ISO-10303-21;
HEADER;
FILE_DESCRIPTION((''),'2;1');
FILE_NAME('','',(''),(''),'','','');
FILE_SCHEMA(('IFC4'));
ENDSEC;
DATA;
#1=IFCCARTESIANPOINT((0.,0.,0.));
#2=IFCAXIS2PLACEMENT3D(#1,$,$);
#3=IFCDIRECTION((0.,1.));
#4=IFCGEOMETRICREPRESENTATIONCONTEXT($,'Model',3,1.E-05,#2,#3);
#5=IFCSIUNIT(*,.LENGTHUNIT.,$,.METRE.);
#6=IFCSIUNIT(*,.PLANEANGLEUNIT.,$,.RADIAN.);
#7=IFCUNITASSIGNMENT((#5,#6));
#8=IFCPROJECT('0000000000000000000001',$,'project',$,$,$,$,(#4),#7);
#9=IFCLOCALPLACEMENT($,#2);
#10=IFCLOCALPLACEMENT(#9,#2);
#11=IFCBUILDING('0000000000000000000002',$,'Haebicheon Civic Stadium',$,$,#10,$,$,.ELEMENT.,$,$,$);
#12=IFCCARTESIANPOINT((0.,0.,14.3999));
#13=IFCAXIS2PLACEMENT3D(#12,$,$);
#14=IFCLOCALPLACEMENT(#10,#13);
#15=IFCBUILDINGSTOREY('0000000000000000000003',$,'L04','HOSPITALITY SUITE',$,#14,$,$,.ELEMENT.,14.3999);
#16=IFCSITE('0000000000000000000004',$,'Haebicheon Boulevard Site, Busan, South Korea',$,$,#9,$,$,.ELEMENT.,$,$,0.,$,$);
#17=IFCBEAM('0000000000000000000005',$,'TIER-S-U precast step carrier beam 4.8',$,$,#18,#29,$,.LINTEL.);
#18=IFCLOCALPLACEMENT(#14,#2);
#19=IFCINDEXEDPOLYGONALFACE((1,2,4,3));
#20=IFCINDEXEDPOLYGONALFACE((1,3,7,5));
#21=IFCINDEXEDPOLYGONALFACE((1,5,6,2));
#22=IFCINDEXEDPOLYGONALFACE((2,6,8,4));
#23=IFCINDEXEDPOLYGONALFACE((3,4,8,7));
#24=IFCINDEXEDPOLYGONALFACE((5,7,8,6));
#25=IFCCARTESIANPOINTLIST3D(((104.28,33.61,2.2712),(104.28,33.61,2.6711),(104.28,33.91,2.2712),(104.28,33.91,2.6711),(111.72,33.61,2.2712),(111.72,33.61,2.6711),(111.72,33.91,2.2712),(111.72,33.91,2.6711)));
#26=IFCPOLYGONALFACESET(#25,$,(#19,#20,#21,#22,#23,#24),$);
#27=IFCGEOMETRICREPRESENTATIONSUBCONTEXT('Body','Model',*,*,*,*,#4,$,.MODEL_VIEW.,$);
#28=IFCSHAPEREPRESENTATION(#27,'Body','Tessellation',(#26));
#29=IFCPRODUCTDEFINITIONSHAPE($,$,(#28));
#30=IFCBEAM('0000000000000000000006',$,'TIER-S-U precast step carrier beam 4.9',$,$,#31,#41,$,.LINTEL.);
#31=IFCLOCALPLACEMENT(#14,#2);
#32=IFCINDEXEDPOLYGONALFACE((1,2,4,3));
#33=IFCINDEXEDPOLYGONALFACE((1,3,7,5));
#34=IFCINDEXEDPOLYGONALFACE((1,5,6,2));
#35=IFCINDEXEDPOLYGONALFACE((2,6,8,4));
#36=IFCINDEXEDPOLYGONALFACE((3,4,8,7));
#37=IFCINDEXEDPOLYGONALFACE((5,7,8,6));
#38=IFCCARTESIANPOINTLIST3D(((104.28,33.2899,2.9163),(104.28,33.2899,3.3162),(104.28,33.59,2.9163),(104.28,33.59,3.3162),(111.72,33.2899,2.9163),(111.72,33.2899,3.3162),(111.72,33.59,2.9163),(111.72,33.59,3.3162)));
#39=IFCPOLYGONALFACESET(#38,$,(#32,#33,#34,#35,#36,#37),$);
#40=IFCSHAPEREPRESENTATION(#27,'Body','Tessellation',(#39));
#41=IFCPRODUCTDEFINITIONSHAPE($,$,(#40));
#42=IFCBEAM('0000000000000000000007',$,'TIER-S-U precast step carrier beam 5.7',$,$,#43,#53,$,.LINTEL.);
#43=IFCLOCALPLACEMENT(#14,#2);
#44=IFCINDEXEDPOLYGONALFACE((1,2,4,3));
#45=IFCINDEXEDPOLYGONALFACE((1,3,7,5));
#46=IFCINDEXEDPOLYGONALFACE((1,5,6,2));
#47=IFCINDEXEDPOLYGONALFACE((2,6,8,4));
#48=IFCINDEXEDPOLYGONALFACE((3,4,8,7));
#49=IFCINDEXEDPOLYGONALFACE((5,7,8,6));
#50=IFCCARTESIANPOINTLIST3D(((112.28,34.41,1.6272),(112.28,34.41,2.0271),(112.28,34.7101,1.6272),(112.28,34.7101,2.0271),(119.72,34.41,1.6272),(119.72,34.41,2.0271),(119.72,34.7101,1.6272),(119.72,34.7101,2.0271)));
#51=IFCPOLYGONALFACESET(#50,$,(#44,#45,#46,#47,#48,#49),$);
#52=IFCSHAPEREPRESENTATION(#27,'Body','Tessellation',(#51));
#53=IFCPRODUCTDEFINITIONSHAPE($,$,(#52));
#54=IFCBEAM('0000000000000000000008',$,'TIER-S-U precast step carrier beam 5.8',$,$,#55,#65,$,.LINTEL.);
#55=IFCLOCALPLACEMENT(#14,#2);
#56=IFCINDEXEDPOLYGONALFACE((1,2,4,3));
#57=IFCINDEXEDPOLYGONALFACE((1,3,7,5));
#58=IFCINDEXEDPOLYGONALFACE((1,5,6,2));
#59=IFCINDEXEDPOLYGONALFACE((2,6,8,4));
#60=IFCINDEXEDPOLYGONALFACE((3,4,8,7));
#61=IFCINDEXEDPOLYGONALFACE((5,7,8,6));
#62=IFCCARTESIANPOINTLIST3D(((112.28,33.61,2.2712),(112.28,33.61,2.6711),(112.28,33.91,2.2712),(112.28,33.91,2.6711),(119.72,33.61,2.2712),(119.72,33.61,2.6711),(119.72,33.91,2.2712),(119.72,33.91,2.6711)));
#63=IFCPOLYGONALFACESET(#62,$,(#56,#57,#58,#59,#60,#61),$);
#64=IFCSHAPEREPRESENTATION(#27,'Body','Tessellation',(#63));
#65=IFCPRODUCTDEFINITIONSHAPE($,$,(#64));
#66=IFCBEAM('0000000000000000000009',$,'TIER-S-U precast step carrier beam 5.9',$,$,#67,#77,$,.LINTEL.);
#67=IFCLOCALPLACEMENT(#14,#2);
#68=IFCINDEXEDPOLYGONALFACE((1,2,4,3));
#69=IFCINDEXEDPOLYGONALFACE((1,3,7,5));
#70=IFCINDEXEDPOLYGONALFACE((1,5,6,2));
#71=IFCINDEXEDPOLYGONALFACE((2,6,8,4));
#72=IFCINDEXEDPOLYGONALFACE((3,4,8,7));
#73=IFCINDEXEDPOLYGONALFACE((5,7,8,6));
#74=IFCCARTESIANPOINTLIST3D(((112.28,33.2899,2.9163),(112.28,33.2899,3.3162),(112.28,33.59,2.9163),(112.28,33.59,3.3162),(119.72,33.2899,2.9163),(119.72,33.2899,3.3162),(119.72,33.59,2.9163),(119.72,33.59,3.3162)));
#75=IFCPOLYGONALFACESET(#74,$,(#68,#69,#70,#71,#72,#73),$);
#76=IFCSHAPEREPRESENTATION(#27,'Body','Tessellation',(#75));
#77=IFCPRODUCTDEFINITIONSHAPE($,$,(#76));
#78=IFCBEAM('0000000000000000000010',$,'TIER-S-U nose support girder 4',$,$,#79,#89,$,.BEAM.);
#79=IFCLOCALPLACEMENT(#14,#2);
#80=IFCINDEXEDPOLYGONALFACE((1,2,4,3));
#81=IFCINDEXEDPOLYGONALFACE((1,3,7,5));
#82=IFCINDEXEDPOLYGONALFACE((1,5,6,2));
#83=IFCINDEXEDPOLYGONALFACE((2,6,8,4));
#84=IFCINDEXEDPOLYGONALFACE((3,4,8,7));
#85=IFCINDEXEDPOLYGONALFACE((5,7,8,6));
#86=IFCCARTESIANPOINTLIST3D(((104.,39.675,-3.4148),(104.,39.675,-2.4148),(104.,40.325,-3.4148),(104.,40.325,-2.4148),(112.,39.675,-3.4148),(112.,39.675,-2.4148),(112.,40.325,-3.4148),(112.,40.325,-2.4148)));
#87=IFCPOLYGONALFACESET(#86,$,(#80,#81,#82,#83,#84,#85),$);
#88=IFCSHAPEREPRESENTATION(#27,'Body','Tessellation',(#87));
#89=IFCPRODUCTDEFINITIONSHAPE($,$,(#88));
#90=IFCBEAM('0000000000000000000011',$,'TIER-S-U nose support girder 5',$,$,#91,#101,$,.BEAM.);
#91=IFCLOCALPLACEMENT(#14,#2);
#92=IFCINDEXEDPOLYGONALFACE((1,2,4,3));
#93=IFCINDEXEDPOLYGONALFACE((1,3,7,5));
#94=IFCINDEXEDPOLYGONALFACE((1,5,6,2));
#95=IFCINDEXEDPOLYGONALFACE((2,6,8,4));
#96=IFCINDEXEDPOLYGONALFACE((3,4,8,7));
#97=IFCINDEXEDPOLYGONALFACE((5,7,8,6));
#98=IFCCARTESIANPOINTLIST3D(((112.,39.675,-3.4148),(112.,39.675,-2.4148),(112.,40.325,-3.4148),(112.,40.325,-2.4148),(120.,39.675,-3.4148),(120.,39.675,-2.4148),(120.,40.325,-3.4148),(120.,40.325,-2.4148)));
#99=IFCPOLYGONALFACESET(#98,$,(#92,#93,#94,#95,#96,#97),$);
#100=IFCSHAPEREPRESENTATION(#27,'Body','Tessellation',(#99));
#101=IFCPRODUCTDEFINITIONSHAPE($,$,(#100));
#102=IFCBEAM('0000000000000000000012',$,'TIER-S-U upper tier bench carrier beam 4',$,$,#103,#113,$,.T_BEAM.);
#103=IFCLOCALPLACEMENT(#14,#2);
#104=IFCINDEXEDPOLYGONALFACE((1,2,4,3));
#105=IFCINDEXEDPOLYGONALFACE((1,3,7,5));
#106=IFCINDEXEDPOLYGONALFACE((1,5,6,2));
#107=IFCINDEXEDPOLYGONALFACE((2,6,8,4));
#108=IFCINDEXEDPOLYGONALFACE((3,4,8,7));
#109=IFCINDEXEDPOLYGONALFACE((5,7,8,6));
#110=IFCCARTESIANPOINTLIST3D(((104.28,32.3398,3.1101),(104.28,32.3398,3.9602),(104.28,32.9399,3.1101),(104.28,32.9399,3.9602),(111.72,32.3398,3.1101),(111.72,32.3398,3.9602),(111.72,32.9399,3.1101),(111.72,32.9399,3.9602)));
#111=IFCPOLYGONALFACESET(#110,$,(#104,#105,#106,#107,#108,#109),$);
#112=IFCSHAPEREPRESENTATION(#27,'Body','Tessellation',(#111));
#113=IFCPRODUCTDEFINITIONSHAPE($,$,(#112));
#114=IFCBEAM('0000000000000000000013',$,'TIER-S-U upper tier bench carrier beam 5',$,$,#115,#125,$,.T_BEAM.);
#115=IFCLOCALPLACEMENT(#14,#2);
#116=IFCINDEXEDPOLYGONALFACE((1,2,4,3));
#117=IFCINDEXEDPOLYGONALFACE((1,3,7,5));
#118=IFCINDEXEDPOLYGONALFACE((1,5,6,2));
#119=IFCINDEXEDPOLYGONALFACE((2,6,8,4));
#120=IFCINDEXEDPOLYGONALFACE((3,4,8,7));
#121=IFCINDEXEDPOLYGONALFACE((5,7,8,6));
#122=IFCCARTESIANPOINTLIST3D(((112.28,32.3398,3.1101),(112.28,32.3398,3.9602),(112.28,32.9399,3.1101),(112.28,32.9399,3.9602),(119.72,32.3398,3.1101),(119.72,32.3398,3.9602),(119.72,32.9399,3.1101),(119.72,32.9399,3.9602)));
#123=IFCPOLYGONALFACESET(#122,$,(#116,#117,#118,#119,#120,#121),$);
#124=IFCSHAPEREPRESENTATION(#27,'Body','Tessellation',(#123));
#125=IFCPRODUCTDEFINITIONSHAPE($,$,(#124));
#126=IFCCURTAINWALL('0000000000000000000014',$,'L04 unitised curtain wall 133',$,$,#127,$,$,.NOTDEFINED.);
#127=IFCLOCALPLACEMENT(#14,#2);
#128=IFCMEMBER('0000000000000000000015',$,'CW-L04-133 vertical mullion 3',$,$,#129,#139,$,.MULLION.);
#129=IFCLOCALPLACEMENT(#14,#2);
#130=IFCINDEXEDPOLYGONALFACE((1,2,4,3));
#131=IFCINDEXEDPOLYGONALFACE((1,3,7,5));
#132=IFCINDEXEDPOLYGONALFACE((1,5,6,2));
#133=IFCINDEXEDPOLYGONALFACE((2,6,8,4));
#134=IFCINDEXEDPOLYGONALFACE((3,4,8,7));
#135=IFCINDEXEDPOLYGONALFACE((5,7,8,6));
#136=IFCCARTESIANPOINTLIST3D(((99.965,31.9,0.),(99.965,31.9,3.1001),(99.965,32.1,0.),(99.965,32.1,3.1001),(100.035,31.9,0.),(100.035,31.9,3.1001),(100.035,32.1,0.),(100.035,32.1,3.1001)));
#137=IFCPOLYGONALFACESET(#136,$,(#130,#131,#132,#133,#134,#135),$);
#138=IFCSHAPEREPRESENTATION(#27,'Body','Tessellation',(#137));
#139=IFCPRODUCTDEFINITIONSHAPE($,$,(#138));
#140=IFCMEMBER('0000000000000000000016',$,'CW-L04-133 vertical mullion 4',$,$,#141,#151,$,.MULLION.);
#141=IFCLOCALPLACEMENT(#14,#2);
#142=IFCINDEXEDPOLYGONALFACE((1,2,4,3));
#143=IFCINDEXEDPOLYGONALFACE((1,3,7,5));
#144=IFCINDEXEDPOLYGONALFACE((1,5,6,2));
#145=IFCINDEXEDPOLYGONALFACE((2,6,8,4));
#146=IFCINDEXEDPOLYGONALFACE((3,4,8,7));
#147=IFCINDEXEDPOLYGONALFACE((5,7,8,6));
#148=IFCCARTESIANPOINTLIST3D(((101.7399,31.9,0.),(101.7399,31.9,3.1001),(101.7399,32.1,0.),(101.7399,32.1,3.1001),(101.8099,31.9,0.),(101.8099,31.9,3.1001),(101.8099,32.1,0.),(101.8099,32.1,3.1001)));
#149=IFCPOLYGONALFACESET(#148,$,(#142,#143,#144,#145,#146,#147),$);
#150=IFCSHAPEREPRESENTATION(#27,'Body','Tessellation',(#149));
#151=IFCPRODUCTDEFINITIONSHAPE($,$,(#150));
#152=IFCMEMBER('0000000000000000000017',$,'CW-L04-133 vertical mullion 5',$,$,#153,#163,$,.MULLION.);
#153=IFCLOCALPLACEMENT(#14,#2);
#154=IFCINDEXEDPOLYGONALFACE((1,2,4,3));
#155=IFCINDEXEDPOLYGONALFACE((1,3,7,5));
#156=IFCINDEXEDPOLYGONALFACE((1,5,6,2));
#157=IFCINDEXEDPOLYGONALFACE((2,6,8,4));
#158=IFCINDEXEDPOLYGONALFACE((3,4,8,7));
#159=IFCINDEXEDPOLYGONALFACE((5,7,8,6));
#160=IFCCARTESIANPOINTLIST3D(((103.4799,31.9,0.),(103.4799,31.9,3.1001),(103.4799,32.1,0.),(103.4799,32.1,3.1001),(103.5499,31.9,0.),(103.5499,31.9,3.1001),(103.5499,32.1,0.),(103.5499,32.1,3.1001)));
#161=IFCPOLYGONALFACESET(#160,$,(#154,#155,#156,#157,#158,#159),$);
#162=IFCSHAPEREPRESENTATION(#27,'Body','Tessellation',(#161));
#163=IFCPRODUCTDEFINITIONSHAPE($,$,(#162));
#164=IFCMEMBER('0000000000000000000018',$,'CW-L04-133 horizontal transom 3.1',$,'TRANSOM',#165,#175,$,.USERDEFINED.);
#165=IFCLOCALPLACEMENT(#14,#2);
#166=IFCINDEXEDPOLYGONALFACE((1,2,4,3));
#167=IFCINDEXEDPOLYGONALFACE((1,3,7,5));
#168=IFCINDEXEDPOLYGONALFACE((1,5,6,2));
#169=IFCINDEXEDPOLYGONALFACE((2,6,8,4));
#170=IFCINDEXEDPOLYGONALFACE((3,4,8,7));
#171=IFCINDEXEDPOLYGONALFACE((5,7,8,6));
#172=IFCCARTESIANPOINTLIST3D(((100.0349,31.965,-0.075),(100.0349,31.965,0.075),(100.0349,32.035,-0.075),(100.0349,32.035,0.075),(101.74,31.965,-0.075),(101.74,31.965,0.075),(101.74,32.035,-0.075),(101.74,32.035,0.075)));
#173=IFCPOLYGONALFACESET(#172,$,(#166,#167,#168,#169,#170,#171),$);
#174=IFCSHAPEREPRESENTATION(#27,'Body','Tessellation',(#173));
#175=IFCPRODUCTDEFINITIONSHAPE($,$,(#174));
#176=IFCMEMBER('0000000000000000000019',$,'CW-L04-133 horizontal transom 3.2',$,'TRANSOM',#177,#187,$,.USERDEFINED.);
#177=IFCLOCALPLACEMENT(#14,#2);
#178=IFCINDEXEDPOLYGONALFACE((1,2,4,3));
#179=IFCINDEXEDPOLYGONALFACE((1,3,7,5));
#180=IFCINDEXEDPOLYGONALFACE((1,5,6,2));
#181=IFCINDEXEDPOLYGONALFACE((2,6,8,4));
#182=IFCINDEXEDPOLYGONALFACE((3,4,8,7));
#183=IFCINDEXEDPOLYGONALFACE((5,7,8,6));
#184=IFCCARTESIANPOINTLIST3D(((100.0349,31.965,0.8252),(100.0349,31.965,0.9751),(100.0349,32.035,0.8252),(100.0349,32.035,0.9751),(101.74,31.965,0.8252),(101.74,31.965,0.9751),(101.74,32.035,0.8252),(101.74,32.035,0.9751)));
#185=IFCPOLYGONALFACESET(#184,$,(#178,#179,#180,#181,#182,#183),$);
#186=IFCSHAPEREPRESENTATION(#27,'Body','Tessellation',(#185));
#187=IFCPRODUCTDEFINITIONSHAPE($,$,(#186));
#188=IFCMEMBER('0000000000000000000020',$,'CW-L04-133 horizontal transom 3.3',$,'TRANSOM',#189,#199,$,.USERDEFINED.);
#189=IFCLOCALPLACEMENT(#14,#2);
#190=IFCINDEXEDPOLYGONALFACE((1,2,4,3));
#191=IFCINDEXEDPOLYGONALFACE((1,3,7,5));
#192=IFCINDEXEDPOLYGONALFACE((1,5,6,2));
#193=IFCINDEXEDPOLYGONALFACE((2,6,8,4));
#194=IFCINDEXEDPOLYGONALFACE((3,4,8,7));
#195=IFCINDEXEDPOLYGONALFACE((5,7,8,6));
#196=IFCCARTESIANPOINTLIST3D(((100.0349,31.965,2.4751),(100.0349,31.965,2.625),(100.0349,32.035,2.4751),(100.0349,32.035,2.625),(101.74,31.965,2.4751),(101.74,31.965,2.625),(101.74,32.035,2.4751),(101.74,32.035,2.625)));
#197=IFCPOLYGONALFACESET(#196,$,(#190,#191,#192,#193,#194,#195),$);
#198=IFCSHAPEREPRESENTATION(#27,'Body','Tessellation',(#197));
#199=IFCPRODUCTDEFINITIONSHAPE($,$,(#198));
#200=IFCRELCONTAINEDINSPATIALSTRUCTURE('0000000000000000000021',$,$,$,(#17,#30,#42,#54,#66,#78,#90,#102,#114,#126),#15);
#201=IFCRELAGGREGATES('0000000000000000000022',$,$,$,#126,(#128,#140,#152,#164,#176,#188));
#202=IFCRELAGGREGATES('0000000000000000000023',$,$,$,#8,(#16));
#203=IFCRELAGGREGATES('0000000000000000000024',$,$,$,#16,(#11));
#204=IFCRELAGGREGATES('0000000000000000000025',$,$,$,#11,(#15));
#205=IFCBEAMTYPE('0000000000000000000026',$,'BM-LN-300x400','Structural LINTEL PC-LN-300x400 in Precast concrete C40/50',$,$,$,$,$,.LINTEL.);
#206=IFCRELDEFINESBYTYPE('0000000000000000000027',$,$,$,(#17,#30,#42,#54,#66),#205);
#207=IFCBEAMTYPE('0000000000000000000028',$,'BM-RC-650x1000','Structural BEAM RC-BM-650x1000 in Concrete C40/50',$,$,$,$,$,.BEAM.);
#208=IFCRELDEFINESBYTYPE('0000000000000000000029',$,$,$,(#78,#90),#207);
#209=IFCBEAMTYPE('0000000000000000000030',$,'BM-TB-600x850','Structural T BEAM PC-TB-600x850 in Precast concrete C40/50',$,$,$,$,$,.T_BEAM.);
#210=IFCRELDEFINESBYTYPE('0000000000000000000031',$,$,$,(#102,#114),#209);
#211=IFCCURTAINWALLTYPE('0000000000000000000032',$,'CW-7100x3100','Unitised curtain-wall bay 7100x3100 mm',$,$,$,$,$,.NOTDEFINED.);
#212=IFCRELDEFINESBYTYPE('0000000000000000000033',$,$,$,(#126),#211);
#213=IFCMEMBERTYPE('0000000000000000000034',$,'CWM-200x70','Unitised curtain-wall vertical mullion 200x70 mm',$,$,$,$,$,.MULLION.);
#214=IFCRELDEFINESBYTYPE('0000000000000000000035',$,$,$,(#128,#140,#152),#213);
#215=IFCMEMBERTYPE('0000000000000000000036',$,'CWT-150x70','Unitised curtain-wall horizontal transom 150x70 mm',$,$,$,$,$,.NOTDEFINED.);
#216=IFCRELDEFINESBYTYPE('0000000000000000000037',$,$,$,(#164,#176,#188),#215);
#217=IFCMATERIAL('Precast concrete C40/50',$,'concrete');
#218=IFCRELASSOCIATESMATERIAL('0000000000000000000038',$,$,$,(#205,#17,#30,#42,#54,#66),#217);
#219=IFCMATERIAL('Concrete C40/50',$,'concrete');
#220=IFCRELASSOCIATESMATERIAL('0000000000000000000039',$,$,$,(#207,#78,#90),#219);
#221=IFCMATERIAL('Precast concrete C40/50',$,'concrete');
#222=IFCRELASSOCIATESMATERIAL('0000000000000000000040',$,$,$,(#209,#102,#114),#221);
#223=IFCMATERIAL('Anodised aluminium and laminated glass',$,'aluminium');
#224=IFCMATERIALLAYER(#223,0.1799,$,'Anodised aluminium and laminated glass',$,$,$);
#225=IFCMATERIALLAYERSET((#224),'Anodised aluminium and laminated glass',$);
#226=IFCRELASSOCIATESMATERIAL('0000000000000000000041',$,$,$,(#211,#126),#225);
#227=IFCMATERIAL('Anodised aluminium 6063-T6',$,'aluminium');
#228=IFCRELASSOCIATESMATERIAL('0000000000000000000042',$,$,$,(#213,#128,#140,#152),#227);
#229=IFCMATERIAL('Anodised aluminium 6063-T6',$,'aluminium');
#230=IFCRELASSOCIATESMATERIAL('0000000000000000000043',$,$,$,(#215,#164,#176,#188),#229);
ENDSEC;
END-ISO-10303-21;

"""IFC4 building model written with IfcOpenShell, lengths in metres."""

from ifc_helpers import new_model, si_unit, direction, frame, origin, origin_2d, place, context, subcontext, project, spatial, rectangle, extrude, material, layer, layer_set, material_profile, profile_set, type_object, element, aggregate, save


model = new_model("IFC4")

# Units and contexts
model_context = context("Model", 3, precision=1e-05, world=origin(), true_north=direction((0.0, 1.0)))
body_context = subcontext(model_context, "Body", "Model", "MODEL_VIEW")
ifc_project = project(units=[si_unit("LENGTHUNIT", "METRE"), si_unit("PLANEANGLEUNIT", "RADIAN")], contexts=[model_context])

# Site, building, storey
site_placement = place(None, origin())
site = spatial("IfcSite", under=ifc_project, at=site_placement, Name="Haebicheon Boulevard Site, Busan, South Korea", CompositionType="ELEMENT", RefElevation=0.0)
building_placement = place(site_placement, origin())
building = spatial("IfcBuilding", under=site, at=building_placement, Name="Haebicheon Civic Stadium", CompositionType="ELEMENT")
storey_placement = place(building_placement, frame((0.0, 0.0, 14.3999)))
storey = spatial("IfcBuildingStorey", under=building, at=storey_placement, Name="L04", Description="HOSPITALITY SUITE", CompositionType="ELEMENT", Elevation=14.3999)

# Beams
ifc_material_1 = material(Name="Precast concrete C40/50", Category="concrete")
ifc_material_profile_1 = material_profile(ifc_material_1, rectangle(XDim=0.3, YDim=0.3999, at=origin_2d()), Name="PC-LN-300x400")
ifc_profile_set_1 = profile_set([ifc_material_profile_1], Name="Precast concrete C40/50")
beam_type_1 = type_object("IfcBeamType", Name="BM-LN-300x400", Description="Structural LINTEL PC-LN-300x400 in Precast concrete C40/50", PredefinedType="LINTEL", material=ifc_profile_set_1)
for number, where, z_axis, x_axis, name in (
    (1, (104.28, 33.76, 2.4712), (1.0, 0.0, 0.0), (0.0, 1.0, 0.0), "TIER-S-U precast step carrier beam 4.8"),
    (2, (104.28, 33.4399, 3.1162), (1.0, 0.0, 0.0), (0.0, 1.0, 0.0), "TIER-S-U precast step carrier beam 4.9"),
    (3, (112.28, 34.5601, 1.8271), (1.0, 0.0, 0.0), (0.0, 1.0, 0.0), "TIER-S-U precast step carrier beam 5.7"),
    (4, (112.28, 33.76, 2.4712), (1.0, 0.0, 0.0), (0.0, 1.0, 0.0), "TIER-S-U precast step carrier beam 5.8"),
    (5, (112.28, 33.4399, 3.1162), (1.0, 0.0, 0.0), (0.0, 1.0, 0.0), "TIER-S-U precast step carrier beam 5.9"),
):
    element("IfcBeam", number, at=place(storey_placement, frame(where, z_axis=z_axis, x_axis=x_axis)), inside=storey, type_object=beam_type_1, material=ifc_profile_set_1, Name=name, PredefinedType="LINTEL", context=body_context, shape_type="SweptSolid", body=[
        extrude(rectangle(XDim=0.3, YDim=0.3999, at=origin_2d()), origin(), (0.0, 0.0, 1.0), 7.4399),
    ])
ifc_material_2 = material(Name="Concrete C40/50", Category="concrete")
ifc_material_profile_2 = material_profile(ifc_material_2, rectangle(XDim=0.6499, YDim=1.0, at=origin_2d()), Name="RC-BM-650x1000")
ifc_profile_set_2 = profile_set([ifc_material_profile_2], Name="Concrete C40/50")
beam_type_2 = type_object("IfcBeamType", Name="BM-RC-650x1000", Description="Structural BEAM RC-BM-650x1000 in Concrete C40/50", PredefinedType="BEAM", material=ifc_profile_set_2)
for number, where, z_axis, x_axis, name in (
    (6, (104.0, 40.0, -2.9148), (1.0, 0.0, 0.0), (0.0, 1.0, 0.0), "TIER-S-U nose support girder 4"),
    (7, (112.0, 40.0, -2.9148), (1.0, 0.0, 0.0), (0.0, 1.0, 0.0), "TIER-S-U nose support girder 5"),
):
    element("IfcBeam", number, at=place(storey_placement, frame(where, z_axis=z_axis, x_axis=x_axis)), inside=storey, type_object=beam_type_2, material=ifc_profile_set_2, Name=name, PredefinedType="BEAM", context=body_context, shape_type="SweptSolid", body=[
        extrude(rectangle(XDim=0.6499, YDim=1.0, at=origin_2d()), origin(), (0.0, 0.0, 1.0), 8.0),
    ])
ifc_material_3 = material(Name="Precast concrete C40/50", Category="concrete")
ifc_material_profile_3 = material_profile(ifc_material_3, rectangle(XDim=0.6001, YDim=0.8501, at=origin_2d()), Name="PC-TB-600x850")
ifc_profile_set_3 = profile_set([ifc_material_profile_3], Name="Precast concrete C40/50")
beam_type_3 = type_object("IfcBeamType", Name="BM-TB-600x850", Description="Structural T BEAM PC-TB-600x850 in Precast concrete C40/50", PredefinedType="T_BEAM", material=ifc_profile_set_3)
for number, where, z_axis, x_axis, name in (
    (8, (104.28, 32.6399, 3.5352), (1.0, 0.0, 0.0), (0.0, 1.0, 0.0), "TIER-S-U upper tier bench carrier beam 4"),
    (9, (112.28, 32.6399, 3.5352), (1.0, 0.0, 0.0), (0.0, 1.0, 0.0), "TIER-S-U upper tier bench carrier beam 5"),
):
    element("IfcBeam", number, at=place(storey_placement, frame(where, z_axis=z_axis, x_axis=x_axis)), inside=storey, type_object=beam_type_3, material=ifc_profile_set_3, Name=name, PredefinedType="T_BEAM", context=body_context, shape_type="SweptSolid", body=[
        extrude(rectangle(XDim=0.6001, YDim=0.8501, at=origin_2d()), origin(), (0.0, 0.0, 1.0), 7.4399),
    ])

# Curtain wall, members
ifc_material_4 = material(Name="Anodised aluminium and laminated glass", Category="aluminium")
ifc_layer_1 = layer(ifc_material_4, 0.1799, Name="Anodised aluminium and laminated glass")
ifc_layer_set_1 = layer_set([ifc_layer_1], Name="Anodised aluminium and laminated glass")
curtain_wall_type = type_object("IfcCurtainWallType", Name="CW-7100x3100", Description="Unitised curtain-wall bay 7100x3100 mm", PredefinedType="NOTDEFINED", material=ifc_layer_set_1)
curtain_wall_placement = place(storey_placement, origin())
curtain_wall = element("IfcCurtainWall", 10, at=curtain_wall_placement, inside=storey, type_object=curtain_wall_type, material=ifc_layer_set_1, Name="L04 unitised curtain wall 133", PredefinedType="NOTDEFINED")
ifc_material_5 = material(Name="Anodised aluminium 6063-T6", Category="aluminium")
ifc_material_profile_4 = material_profile(ifc_material_5, rectangle(XDim=0.0701, YDim=0.2, at=origin_2d()), Name="ALU-MULL-70x200")
ifc_profile_set_4 = profile_set([ifc_material_profile_4], Name="Anodised aluminium 6063-T6")
member_type_1 = type_object("IfcMemberType", Name="CWM-200x70", Description="Unitised curtain-wall vertical mullion 200x70 mm", PredefinedType="MULLION", material=ifc_profile_set_4)
member_1_placement = place(storey_placement, frame((100.0, 32.0, 0.0), z_axis=(0.0, 0.0, 1.0), x_axis=(1.0, 0.0, 0.0)))
member_1 = element("IfcMember", 11, at=member_1_placement, type_object=member_type_1, material=ifc_profile_set_4, Name="CW-L04-133 vertical mullion 3", PredefinedType="MULLION", context=body_context, shape_type="SweptSolid", body=[
    extrude(rectangle(XDim=0.0701, YDim=0.2, at=origin_2d()), origin(), (0.0, 0.0, 1.0), 3.1001),
])
member_2_placement = place(storey_placement, frame((101.7749, 32.0, 0.0), z_axis=(0.0, 0.0, 1.0), x_axis=(1.0, 0.0, 0.0)))
member_2 = element("IfcMember", 12, at=member_2_placement, type_object=member_type_1, material=ifc_profile_set_4, Name="CW-L04-133 vertical mullion 4", PredefinedType="MULLION", context=body_context, shape_type="SweptSolid", body=[
    extrude(rectangle(XDim=0.0701, YDim=0.2, at=origin_2d()), origin(), (0.0, 0.0, 1.0), 3.1001),
])
member_3_placement = place(storey_placement, frame((103.5149, 32.0, 0.0), z_axis=(0.0, 0.0, 1.0), x_axis=(1.0, 0.0, 0.0)))
member_3 = element("IfcMember", 13, at=member_3_placement, type_object=member_type_1, material=ifc_profile_set_4, Name="CW-L04-133 vertical mullion 5", PredefinedType="MULLION", context=body_context, shape_type="SweptSolid", body=[
    extrude(rectangle(XDim=0.0701, YDim=0.2, at=origin_2d()), origin(), (0.0, 0.0, 1.0), 3.1001),
])
ifc_material_6 = material(Name="Anodised aluminium 6063-T6", Category="aluminium")
ifc_material_profile_5 = material_profile(ifc_material_6, rectangle(XDim=0.0701, YDim=0.1499, at=origin_2d()), Name="ALU-TRAN-70x150")
ifc_profile_set_5 = profile_set([ifc_material_profile_5], Name="Anodised aluminium 6063-T6")
member_type_2 = type_object("IfcMemberType", Name="CWT-150x70", Description="Unitised curtain-wall horizontal transom 150x70 mm", PredefinedType="NOTDEFINED", material=ifc_profile_set_5)
member_4_placement = place(storey_placement, frame((100.0349, 32.0, 0.0), z_axis=(1.0, 0.0, 0.0), x_axis=(0.0, 1.0, 0.0)))
member_4 = element("IfcMember", 14, at=member_4_placement, type_object=member_type_2, material=ifc_profile_set_5, Name="CW-L04-133 horizontal transom 3.1", ObjectType="TRANSOM", PredefinedType="USERDEFINED", context=body_context, shape_type="SweptSolid", body=[
    extrude(rectangle(XDim=0.0701, YDim=0.1499, at=origin_2d()), origin(), (0.0, 0.0, 1.0), 1.7051),
])
member_5_placement = place(storey_placement, frame((100.0349, 32.0, 0.9001), z_axis=(1.0, 0.0, 0.0), x_axis=(0.0, 1.0, 0.0)))
member_5 = element("IfcMember", 15, at=member_5_placement, type_object=member_type_2, material=ifc_profile_set_5, Name="CW-L04-133 horizontal transom 3.2", ObjectType="TRANSOM", PredefinedType="USERDEFINED", context=body_context, shape_type="SweptSolid", body=[
    extrude(rectangle(XDim=0.0701, YDim=0.1499, at=origin_2d()), origin(), (0.0, 0.0, 1.0), 1.7051),
])
member_6_placement = place(storey_placement, frame((100.0349, 32.0, 2.55), z_axis=(1.0, 0.0, 0.0), x_axis=(0.0, 1.0, 0.0)))
member_6 = element("IfcMember", 16, at=member_6_placement, type_object=member_type_2, material=ifc_profile_set_5, Name="CW-L04-133 horizontal transom 3.3", ObjectType="TRANSOM", PredefinedType="USERDEFINED", context=body_context, shape_type="SweptSolid", body=[
    extrude(rectangle(XDim=0.0701, YDim=0.1499, at=origin_2d()), origin(), (0.0, 0.0, 1.0), 1.7051),
])

aggregate(curtain_wall, [member_1, member_2, member_3, member_4, member_5, member_6])

save(model, "model.ifc")
